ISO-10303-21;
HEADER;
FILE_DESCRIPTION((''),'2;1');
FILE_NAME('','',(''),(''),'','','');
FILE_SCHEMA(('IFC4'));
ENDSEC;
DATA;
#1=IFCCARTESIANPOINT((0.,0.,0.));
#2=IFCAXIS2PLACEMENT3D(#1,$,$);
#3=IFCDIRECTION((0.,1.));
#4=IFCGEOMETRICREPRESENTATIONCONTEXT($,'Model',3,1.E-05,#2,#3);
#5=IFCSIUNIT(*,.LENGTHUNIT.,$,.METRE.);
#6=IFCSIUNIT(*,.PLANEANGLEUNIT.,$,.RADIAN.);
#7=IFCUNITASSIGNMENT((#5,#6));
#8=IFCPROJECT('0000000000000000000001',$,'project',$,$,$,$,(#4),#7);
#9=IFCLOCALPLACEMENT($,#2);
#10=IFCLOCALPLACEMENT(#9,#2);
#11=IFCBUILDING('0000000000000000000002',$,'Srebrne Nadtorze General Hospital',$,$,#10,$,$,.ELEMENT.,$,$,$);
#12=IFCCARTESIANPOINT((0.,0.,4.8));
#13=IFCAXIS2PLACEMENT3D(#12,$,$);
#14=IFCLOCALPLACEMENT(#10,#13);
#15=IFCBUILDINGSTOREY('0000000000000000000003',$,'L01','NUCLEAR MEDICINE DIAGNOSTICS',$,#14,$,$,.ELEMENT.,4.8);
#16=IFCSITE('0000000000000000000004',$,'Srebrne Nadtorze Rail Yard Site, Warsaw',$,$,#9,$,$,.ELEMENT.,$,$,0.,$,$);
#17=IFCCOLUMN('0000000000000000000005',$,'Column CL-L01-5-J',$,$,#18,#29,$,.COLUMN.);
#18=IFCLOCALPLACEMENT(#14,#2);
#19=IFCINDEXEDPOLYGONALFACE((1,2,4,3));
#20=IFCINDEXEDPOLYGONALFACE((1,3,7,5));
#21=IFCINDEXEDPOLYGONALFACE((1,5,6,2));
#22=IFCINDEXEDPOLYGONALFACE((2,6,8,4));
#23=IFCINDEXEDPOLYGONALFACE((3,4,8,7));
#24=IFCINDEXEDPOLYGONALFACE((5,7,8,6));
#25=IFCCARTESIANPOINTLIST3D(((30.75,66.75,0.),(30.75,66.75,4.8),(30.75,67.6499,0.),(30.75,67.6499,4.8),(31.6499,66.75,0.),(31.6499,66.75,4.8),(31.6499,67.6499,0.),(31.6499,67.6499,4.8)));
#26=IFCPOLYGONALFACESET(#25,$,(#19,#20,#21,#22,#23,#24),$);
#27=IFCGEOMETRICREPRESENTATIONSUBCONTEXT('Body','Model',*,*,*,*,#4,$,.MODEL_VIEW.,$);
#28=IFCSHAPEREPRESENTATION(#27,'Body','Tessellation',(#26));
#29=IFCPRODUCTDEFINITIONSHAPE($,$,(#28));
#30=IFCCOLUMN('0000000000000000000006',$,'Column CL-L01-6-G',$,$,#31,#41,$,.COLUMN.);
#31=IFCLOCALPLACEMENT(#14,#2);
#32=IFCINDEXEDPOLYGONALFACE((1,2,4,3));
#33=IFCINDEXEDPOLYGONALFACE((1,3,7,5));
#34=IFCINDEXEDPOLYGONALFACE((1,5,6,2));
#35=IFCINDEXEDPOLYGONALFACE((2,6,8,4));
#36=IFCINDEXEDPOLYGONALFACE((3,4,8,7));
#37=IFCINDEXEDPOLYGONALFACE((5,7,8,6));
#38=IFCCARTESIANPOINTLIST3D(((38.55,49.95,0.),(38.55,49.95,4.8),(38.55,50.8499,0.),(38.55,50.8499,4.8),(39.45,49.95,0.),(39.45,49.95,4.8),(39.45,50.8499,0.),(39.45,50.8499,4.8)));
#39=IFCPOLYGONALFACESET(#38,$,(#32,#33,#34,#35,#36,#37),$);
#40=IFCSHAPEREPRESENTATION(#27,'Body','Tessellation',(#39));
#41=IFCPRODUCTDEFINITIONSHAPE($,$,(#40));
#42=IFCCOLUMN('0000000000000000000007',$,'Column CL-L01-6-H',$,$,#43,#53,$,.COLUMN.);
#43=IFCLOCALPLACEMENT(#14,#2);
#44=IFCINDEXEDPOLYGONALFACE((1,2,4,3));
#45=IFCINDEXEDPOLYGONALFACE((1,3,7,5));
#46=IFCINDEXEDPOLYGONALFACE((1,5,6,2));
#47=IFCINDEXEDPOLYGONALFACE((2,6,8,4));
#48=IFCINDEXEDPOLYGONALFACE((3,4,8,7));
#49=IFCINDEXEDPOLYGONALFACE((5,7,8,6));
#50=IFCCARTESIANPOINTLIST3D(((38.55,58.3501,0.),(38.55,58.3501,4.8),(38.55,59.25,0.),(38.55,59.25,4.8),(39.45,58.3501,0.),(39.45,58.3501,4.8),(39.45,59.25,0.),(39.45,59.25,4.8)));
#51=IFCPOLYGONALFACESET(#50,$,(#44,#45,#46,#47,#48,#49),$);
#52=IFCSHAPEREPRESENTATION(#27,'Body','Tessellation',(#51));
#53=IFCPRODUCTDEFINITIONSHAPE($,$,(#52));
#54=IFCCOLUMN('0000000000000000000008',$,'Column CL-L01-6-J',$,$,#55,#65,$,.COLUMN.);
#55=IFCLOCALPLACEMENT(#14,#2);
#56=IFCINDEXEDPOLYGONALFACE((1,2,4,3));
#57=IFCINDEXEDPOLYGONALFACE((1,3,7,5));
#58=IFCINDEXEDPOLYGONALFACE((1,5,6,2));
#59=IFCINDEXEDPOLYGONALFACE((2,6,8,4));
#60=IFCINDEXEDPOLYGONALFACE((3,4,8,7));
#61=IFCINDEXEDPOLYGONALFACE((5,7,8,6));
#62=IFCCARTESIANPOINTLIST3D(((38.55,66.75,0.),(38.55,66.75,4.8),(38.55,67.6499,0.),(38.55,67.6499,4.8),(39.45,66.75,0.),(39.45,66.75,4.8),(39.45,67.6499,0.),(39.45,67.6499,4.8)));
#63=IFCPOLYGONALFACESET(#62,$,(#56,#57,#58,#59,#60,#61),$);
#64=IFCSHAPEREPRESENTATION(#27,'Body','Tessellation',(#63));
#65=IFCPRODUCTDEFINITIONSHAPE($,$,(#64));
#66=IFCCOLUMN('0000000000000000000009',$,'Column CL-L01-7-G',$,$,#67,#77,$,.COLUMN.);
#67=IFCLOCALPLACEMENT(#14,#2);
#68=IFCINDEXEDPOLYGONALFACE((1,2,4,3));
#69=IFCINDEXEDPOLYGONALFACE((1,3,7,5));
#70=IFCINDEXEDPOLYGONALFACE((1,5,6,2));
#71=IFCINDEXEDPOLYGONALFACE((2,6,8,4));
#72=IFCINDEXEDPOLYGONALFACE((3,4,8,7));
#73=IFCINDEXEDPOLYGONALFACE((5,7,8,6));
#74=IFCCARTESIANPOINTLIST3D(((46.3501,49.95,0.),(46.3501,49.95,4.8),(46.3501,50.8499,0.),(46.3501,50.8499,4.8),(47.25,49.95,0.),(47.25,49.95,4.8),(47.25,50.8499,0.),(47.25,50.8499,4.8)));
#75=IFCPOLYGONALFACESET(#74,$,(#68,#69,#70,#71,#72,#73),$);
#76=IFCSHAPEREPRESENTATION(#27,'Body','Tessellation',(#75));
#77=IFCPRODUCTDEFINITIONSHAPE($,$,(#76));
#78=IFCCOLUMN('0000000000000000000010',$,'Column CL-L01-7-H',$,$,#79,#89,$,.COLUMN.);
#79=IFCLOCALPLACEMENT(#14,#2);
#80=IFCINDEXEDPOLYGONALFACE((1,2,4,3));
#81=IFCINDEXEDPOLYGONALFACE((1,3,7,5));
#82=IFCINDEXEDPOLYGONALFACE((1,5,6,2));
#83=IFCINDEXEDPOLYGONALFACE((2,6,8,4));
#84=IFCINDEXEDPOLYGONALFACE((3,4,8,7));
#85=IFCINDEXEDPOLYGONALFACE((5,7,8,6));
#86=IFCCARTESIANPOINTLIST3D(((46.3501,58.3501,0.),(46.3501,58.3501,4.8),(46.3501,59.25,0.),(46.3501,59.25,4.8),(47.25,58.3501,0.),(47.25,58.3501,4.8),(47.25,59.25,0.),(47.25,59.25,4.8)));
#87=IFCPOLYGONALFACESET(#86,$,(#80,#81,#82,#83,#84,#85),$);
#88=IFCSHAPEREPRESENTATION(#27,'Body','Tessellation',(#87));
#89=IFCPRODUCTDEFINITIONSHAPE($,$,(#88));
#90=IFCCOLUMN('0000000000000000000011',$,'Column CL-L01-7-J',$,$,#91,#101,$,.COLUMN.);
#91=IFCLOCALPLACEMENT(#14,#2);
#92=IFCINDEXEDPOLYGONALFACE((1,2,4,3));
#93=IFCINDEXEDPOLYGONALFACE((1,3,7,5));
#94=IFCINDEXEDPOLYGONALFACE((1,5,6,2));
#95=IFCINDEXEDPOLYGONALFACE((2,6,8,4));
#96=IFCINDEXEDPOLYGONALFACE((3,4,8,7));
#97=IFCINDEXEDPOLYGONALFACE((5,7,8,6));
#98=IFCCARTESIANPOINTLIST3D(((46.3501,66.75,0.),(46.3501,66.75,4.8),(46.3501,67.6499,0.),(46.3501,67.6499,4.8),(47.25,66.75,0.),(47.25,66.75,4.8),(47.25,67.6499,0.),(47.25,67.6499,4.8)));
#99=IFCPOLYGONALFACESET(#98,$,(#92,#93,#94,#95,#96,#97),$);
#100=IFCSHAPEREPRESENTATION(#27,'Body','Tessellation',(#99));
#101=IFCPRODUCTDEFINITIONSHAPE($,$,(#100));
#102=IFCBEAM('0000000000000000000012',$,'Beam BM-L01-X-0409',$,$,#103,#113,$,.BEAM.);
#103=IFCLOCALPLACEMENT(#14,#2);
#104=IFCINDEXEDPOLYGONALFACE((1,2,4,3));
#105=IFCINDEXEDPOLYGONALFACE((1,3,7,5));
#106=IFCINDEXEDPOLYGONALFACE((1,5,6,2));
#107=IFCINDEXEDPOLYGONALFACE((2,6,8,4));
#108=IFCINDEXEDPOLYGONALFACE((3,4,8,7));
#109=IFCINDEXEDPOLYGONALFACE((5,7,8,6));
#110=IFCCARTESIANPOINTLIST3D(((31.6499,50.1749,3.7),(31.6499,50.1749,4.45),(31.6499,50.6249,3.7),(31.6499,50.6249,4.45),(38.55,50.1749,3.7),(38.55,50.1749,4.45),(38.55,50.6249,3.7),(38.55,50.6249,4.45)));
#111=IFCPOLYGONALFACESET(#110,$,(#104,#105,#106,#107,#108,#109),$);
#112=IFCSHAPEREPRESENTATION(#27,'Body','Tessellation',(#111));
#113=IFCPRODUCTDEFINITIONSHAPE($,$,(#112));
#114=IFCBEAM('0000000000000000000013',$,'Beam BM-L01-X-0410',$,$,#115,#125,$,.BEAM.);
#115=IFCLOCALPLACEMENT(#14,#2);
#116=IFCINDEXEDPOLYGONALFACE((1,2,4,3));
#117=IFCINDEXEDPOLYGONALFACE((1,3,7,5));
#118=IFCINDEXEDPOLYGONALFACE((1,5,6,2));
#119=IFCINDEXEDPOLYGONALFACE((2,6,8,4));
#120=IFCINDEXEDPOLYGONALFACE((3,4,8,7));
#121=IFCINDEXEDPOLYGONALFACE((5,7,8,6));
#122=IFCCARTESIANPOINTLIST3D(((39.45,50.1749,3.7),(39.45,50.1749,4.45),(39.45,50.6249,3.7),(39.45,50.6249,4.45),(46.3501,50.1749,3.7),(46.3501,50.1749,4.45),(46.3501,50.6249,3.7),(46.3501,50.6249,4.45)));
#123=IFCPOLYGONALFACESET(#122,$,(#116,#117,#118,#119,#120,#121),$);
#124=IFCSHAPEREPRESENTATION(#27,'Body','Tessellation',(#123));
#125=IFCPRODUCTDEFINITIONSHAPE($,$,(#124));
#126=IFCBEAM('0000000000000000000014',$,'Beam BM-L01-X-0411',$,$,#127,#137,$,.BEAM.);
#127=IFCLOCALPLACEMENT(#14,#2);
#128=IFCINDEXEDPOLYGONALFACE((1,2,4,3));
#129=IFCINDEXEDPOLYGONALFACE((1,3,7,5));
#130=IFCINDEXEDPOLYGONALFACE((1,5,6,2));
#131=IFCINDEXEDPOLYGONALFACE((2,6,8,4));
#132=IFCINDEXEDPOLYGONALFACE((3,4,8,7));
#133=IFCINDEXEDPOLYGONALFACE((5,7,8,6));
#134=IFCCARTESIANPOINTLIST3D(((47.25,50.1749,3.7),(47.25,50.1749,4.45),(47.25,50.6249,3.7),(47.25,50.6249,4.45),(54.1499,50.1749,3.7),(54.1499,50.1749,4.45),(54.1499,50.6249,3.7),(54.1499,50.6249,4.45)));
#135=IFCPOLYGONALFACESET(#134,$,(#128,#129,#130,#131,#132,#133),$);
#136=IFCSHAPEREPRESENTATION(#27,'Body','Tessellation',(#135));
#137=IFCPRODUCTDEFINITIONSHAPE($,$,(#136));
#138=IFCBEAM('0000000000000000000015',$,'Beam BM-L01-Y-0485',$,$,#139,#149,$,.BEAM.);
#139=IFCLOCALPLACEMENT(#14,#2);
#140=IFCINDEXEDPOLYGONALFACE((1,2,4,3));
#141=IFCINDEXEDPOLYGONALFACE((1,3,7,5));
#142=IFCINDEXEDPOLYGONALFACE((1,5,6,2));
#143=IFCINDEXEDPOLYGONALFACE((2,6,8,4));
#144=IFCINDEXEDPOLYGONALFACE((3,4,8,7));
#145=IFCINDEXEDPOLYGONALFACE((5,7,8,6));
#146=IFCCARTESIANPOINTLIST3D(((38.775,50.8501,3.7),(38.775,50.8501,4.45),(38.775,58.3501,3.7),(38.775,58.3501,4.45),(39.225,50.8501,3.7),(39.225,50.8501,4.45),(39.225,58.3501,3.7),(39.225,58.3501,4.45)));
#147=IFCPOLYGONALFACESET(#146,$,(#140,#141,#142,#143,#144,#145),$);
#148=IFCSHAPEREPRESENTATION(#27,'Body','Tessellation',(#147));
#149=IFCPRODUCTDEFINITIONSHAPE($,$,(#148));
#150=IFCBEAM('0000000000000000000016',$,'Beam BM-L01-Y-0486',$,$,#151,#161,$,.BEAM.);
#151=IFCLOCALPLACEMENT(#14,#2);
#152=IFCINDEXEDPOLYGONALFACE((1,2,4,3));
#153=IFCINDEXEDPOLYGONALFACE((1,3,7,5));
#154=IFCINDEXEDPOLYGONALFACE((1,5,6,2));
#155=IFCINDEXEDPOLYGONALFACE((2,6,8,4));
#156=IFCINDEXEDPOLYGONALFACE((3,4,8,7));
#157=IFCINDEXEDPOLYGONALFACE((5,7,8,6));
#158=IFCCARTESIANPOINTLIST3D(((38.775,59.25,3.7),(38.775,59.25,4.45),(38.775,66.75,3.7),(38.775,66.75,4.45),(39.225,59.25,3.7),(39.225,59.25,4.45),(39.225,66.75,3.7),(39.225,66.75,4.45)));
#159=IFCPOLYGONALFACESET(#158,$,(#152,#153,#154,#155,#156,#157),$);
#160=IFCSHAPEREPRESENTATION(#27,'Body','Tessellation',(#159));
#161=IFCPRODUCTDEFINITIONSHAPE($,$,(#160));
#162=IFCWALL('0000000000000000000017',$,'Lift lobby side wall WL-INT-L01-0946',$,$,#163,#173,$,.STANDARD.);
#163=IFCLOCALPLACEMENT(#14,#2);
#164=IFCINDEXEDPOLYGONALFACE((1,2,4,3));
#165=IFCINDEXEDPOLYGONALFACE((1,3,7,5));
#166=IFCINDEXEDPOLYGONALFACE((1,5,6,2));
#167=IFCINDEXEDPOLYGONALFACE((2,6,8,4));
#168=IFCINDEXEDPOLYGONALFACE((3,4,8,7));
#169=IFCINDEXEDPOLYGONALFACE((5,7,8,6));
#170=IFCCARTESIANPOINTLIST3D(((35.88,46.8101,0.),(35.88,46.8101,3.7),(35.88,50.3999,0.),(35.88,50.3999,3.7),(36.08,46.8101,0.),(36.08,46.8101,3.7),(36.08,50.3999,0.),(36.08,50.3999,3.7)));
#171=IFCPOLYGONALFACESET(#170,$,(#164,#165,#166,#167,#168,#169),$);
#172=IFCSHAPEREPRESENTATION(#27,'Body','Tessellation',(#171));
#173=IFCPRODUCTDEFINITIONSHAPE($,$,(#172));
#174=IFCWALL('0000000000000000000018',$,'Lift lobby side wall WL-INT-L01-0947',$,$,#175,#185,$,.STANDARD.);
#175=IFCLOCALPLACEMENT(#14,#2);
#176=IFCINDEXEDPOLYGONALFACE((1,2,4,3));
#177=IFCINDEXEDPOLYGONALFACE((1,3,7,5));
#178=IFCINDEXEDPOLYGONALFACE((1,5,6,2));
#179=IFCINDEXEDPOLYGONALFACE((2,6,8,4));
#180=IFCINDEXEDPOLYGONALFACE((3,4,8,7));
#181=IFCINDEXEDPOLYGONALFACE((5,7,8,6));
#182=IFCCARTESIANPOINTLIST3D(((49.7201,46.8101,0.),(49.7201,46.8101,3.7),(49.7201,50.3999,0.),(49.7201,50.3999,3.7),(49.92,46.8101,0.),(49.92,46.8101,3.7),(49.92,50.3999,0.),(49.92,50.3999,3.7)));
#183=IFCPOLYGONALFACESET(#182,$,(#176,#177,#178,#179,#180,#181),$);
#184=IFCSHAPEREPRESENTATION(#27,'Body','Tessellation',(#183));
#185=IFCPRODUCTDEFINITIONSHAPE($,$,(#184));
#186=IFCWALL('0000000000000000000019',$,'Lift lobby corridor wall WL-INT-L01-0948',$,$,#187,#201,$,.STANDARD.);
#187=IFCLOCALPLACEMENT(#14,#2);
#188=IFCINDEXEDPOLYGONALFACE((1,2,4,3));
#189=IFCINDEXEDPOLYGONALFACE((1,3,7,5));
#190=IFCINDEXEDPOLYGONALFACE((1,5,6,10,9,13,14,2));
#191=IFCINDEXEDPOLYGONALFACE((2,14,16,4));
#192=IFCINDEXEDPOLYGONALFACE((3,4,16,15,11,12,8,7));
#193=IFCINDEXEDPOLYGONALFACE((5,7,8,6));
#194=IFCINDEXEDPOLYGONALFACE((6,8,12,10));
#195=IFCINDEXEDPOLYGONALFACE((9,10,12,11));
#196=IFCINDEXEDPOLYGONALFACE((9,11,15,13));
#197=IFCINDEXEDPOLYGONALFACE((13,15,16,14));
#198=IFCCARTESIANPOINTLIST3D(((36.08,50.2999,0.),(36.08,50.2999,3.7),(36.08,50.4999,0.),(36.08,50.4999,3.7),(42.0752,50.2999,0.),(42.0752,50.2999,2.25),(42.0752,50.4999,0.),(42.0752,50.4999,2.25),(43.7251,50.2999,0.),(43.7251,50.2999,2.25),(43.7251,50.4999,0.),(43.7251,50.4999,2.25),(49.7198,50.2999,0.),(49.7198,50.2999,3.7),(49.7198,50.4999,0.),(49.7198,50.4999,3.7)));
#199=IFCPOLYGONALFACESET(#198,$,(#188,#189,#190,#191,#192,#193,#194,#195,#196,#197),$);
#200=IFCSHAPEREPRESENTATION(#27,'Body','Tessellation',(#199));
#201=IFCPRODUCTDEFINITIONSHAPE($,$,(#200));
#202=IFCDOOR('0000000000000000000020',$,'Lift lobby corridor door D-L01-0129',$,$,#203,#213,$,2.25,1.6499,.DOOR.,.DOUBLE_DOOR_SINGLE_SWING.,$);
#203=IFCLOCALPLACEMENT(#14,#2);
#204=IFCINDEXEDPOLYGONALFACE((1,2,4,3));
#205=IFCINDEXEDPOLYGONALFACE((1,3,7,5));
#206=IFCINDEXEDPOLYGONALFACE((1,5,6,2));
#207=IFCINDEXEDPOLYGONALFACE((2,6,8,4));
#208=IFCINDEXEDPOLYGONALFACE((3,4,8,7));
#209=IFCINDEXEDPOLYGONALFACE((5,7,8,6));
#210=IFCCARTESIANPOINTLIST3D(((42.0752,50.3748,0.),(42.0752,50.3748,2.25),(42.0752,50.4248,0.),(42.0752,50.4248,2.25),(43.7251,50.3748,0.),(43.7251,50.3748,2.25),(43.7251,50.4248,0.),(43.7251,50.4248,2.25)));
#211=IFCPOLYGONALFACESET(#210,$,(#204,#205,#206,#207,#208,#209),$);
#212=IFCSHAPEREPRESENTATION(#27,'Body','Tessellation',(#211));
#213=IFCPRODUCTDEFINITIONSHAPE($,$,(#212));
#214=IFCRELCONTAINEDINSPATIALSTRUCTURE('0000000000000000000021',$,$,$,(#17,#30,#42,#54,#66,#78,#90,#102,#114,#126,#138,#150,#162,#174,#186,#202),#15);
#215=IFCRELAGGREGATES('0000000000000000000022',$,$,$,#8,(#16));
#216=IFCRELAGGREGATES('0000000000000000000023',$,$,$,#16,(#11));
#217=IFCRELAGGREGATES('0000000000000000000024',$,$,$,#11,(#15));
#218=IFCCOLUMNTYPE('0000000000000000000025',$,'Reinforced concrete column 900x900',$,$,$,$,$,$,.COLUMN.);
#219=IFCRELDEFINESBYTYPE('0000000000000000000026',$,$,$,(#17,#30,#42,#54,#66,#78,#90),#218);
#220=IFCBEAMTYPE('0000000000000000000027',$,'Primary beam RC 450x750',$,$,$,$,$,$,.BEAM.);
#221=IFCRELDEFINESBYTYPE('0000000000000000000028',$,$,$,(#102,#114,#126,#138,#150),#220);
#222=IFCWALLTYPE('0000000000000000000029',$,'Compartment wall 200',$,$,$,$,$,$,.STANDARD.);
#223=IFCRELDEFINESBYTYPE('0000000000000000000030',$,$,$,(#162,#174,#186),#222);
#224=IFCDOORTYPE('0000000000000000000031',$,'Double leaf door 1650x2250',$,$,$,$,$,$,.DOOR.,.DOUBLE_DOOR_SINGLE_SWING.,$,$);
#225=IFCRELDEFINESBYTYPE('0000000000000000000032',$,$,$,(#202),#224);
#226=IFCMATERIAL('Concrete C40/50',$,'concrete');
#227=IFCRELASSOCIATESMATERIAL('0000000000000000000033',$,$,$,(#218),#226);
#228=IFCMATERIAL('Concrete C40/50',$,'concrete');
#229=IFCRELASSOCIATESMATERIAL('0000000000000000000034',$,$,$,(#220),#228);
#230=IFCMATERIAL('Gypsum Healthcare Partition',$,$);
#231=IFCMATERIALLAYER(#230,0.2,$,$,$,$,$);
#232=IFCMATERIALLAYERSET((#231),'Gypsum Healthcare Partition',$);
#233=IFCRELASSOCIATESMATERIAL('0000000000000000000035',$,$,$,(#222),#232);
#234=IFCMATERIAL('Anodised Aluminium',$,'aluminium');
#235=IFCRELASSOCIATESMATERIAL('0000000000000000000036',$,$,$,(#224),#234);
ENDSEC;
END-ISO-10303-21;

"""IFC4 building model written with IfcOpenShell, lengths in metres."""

from ifc_helpers import new_model, si_unit, direction, frame, frame_2d, origin, origin_2d, place, context, subcontext, project, spatial, rectangle, extrude, material, layer, layer_set, material_profile, profile_set, type_object, element, fill, save


model = new_model("IFC4")

# Units and contexts
model_context = context("Model", 3, precision=1e-05, world=origin(), true_north=direction((0.0, 1.0)))
body_context = subcontext(model_context, "Body", "Model", "MODEL_VIEW")
ifc_project = project(units=[si_unit("LENGTHUNIT", "METRE"), si_unit("PLANEANGLEUNIT", "RADIAN")], contexts=[model_context])

# Site, building, storey
site_placement = place(None, origin())
site = spatial("IfcSite", under=ifc_project, at=site_placement, Name="Srebrne Nadtorze Rail Yard Site, Warsaw", CompositionType="ELEMENT", RefElevation=0.0)
building_placement = place(site_placement, origin())
building = spatial("IfcBuilding", under=site, at=building_placement, Name="Srebrne Nadtorze General Hospital", CompositionType="ELEMENT")
storey_placement = place(building_placement, frame((0.0, 0.0, 4.8)))
storey = spatial("IfcBuildingStorey", under=building, at=storey_placement, Name="L01", Description="NUCLEAR MEDICINE DIAGNOSTICS", CompositionType="ELEMENT", Elevation=4.8)

# Columns
ifc_material_1 = material(Name="Concrete C40/50", Category="concrete")
ifc_material_profile_1 = material_profile(ifc_material_1, rectangle(XDim=0.8999, YDim=0.8999, at=origin_2d()), Name="RC-COL-900x900")
ifc_profile_set_1 = profile_set([ifc_material_profile_1], Name="Concrete C40/50")
column_type = type_object("IfcColumnType", Name="Reinforced concrete column 900x900", PredefinedType="COLUMN", material=ifc_profile_set_1)
for number, where, z_axis, x_axis, name in (
    (1, (31.2, 67.2, 0.0), (0.0, 0.0, 1.0), (1.0, 0.0, 0.0), "Column CL-L01-5-J"),
    (2, (39.0, 50.3999, 0.0), (0.0, 0.0, 1.0), (1.0, 0.0, 0.0), "Column CL-L01-6-G"),
    (3, (39.0, 58.8, 0.0), (0.0, 0.0, 1.0), (1.0, 0.0, 0.0), "Column CL-L01-6-H"),
    (4, (39.0, 67.2, 0.0), (0.0, 0.0, 1.0), (1.0, 0.0, 0.0), "Column CL-L01-6-J"),
    (5, (46.8, 50.3999, 0.0), (0.0, 0.0, 1.0), (1.0, 0.0, 0.0), "Column CL-L01-7-G"),
    (6, (46.8, 58.8, 0.0), (0.0, 0.0, 1.0), (1.0, 0.0, 0.0), "Column CL-L01-7-H"),
    (7, (46.8, 67.2, 0.0), (0.0, 0.0, 1.0), (1.0, 0.0, 0.0), "Column CL-L01-7-J"),
):
    element("IfcColumn", number, at=place(storey_placement, frame(where, z_axis=z_axis, x_axis=x_axis)), inside=storey, type_object=column_type, Name=name, PredefinedType="COLUMN", context=body_context, shape_type="SweptSolid", body=[
        extrude(rectangle(XDim=0.8999, YDim=0.8999, at=origin_2d()), origin(), (0.0, 0.0, 1.0), 4.8),
    ])

# Beams
ifc_material_2 = material(Name="Concrete C40/50", Category="concrete")
ifc_material_profile_2 = material_profile(ifc_material_2, rectangle(XDim=0.45, YDim=0.75, at=origin_2d()), Name="RC-BM-450x750")
ifc_profile_set_2 = profile_set([ifc_material_profile_2], Name="Concrete C40/50")
beam_type = type_object("IfcBeamType", Name="Primary beam RC 450x750", PredefinedType="BEAM", material=ifc_profile_set_2)
for number, where, z_axis, x_axis, name in (
    (8, (31.6499, 50.3999, 4.075), (1.0, 0.0, 0.0), (0.0, 1.0, 0.0), "Beam BM-L01-X-0409"),
    (9, (39.45, 50.3999, 4.075), (1.0, 0.0, 0.0), (0.0, 1.0, 0.0), "Beam BM-L01-X-0410"),
):
    element("IfcBeam", number, at=place(storey_placement, frame(where, z_axis=z_axis, x_axis=x_axis)), inside=storey, type_object=beam_type, Name=name, PredefinedType="BEAM", context=body_context, shape_type="SweptSolid", body=[
        extrude(rectangle(XDim=0.45, YDim=0.75, at=origin_2d()), origin(), (0.0, 0.0, 1.0), 6.9001),
    ])
beam_placement = place(storey_placement, frame((47.25, 50.3999, 4.075), z_axis=(1.0, 0.0, 0.0), x_axis=(0.0, 1.0, 0.0)))
element("IfcBeam", 10, at=beam_placement, inside=storey, type_object=beam_type, Name="Beam BM-L01-X-0411", PredefinedType="BEAM", context=body_context, shape_type="SweptSolid", body=[
    extrude(rectangle(XDim=0.45, YDim=0.75, at=origin_2d()), origin(), (0.0, 0.0, 1.0), 6.8999),
])
for number, where, z_axis, x_axis, name in (
    (11, (39.0, 50.8501, 4.075), (0.0, 1.0, 0.0), (-1.0, 0.0, 0.0), "Beam BM-L01-Y-0485"),
    (12, (39.0, 59.25, 4.075), (0.0, 1.0, 0.0), (-1.0, 0.0, 0.0), "Beam BM-L01-Y-0486"),
):
    element("IfcBeam", number, at=place(storey_placement, frame(where, z_axis=z_axis, x_axis=x_axis)), inside=storey, type_object=beam_type, Name=name, PredefinedType="BEAM", context=body_context, shape_type="SweptSolid", body=[
        extrude(rectangle(XDim=0.45, YDim=0.75, at=origin_2d()), origin(), (0.0, 0.0, 1.0), 7.5),
    ])

# Walls
ifc_material_3 = material(Name="Gypsum Healthcare Partition")
ifc_layer_1 = layer(ifc_material_3, 0.2)
ifc_layer_set_1 = layer_set([ifc_layer_1], Name="Gypsum Healthcare Partition")
wall_type_1 = type_object("IfcWallType", Name="Compartment wall 200", PredefinedType="STANDARD", material=ifc_layer_set_1)
for number, where, z_axis, x_axis, name in (
    (13, (35.98, 46.8101, 0.0), (0.0, 0.0, 1.0), (0.0, 1.0, 0.0), "Lift lobby side wall WL-INT-L01-0946"),
    (14, (49.8201, 46.8101, 0.0), (0.0, 0.0, 1.0), (0.0, 1.0, 0.0), "Lift lobby side wall WL-INT-L01-0947"),
):
    element("IfcWall", number, at=place(storey_placement, frame(where, z_axis=z_axis, x_axis=x_axis)), inside=storey, type_object=wall_type_1, Name=name, PredefinedType="STANDARD", context=body_context, shape_type="SweptSolid", body=[
        extrude(rectangle(XDim=3.5898, YDim=0.2, at=frame_2d((1.7949, 0.0))), origin(), (0.0, 0.0, 1.0), 3.7),
    ])

# Wall, opening, door
wall_1_placement = place(storey_placement, frame((36.0801, 50.3999, 0.0), z_axis=(0.0, 0.0, 1.0), x_axis=(1.0, 0.0, 0.0)))
wall_1 = element("IfcWall", 15, at=wall_1_placement, inside=storey, type_object=wall_type_1, Name="Lift lobby corridor wall WL-INT-L01-0948", PredefinedType="STANDARD", context=body_context, shape_type="SweptSolid", body=[
    extrude(rectangle(XDim=13.6399, YDim=0.2, at=frame_2d((6.8198, 0.0))), origin(), (0.0, 0.0, 1.0), 3.7),
])
opening_1_placement = place(wall_1_placement, frame((5.9951, 0.0, 0.0)))
opening_1 = element("IfcOpeningElement", 16, at=opening_1_placement, cuts=wall_1, PredefinedType="OPENING", context=body_context, shape_type="SweptSolid", body=[
    extrude(rectangle(XDim=1.6499, YDim=2.25, at=frame_2d((0.825, 1.125))), frame((0.0, 0.1118, 0.0), z_axis=(0.0, -1.0, 0.0), x_axis=(1.0, 0.0, 0.0)), (0.0, 0.0, 1.0), 0.2239),
])
ifc_material_4 = material(Name="Anodised Aluminium", Category="aluminium")
door_type_1 = type_object("IfcDoorType", Name="Double leaf door 1650x2250", OperationType="DOUBLE_DOOR_SINGLE_SWING", PredefinedType="DOOR", material=ifc_material_4)
door_1_placement = place(opening_1_placement, origin())
door_1 = element("IfcDoor", 17, at=door_1_placement, inside=storey, type_object=door_type_1, Name="Lift lobby corridor door D-L01-0129", OperationType="DOUBLE_DOOR_SINGLE_SWING", OverallHeight=2.25, OverallWidth=1.6499, PredefinedType="DOOR", context=body_context, shape_type="SweptSolid", body=[
    extrude(rectangle(XDim=1.6499, YDim=2.25, at=frame_2d((0.825, 1.125))), frame((0.0, 0.0249, 0.0), z_axis=(0.0, -1.0, 0.0), x_axis=(1.0, 0.0, 0.0)), (0.0, 0.0, 1.0), 0.05),
])
fill(opening_1, door_1)

save(model, "model.ifc")
